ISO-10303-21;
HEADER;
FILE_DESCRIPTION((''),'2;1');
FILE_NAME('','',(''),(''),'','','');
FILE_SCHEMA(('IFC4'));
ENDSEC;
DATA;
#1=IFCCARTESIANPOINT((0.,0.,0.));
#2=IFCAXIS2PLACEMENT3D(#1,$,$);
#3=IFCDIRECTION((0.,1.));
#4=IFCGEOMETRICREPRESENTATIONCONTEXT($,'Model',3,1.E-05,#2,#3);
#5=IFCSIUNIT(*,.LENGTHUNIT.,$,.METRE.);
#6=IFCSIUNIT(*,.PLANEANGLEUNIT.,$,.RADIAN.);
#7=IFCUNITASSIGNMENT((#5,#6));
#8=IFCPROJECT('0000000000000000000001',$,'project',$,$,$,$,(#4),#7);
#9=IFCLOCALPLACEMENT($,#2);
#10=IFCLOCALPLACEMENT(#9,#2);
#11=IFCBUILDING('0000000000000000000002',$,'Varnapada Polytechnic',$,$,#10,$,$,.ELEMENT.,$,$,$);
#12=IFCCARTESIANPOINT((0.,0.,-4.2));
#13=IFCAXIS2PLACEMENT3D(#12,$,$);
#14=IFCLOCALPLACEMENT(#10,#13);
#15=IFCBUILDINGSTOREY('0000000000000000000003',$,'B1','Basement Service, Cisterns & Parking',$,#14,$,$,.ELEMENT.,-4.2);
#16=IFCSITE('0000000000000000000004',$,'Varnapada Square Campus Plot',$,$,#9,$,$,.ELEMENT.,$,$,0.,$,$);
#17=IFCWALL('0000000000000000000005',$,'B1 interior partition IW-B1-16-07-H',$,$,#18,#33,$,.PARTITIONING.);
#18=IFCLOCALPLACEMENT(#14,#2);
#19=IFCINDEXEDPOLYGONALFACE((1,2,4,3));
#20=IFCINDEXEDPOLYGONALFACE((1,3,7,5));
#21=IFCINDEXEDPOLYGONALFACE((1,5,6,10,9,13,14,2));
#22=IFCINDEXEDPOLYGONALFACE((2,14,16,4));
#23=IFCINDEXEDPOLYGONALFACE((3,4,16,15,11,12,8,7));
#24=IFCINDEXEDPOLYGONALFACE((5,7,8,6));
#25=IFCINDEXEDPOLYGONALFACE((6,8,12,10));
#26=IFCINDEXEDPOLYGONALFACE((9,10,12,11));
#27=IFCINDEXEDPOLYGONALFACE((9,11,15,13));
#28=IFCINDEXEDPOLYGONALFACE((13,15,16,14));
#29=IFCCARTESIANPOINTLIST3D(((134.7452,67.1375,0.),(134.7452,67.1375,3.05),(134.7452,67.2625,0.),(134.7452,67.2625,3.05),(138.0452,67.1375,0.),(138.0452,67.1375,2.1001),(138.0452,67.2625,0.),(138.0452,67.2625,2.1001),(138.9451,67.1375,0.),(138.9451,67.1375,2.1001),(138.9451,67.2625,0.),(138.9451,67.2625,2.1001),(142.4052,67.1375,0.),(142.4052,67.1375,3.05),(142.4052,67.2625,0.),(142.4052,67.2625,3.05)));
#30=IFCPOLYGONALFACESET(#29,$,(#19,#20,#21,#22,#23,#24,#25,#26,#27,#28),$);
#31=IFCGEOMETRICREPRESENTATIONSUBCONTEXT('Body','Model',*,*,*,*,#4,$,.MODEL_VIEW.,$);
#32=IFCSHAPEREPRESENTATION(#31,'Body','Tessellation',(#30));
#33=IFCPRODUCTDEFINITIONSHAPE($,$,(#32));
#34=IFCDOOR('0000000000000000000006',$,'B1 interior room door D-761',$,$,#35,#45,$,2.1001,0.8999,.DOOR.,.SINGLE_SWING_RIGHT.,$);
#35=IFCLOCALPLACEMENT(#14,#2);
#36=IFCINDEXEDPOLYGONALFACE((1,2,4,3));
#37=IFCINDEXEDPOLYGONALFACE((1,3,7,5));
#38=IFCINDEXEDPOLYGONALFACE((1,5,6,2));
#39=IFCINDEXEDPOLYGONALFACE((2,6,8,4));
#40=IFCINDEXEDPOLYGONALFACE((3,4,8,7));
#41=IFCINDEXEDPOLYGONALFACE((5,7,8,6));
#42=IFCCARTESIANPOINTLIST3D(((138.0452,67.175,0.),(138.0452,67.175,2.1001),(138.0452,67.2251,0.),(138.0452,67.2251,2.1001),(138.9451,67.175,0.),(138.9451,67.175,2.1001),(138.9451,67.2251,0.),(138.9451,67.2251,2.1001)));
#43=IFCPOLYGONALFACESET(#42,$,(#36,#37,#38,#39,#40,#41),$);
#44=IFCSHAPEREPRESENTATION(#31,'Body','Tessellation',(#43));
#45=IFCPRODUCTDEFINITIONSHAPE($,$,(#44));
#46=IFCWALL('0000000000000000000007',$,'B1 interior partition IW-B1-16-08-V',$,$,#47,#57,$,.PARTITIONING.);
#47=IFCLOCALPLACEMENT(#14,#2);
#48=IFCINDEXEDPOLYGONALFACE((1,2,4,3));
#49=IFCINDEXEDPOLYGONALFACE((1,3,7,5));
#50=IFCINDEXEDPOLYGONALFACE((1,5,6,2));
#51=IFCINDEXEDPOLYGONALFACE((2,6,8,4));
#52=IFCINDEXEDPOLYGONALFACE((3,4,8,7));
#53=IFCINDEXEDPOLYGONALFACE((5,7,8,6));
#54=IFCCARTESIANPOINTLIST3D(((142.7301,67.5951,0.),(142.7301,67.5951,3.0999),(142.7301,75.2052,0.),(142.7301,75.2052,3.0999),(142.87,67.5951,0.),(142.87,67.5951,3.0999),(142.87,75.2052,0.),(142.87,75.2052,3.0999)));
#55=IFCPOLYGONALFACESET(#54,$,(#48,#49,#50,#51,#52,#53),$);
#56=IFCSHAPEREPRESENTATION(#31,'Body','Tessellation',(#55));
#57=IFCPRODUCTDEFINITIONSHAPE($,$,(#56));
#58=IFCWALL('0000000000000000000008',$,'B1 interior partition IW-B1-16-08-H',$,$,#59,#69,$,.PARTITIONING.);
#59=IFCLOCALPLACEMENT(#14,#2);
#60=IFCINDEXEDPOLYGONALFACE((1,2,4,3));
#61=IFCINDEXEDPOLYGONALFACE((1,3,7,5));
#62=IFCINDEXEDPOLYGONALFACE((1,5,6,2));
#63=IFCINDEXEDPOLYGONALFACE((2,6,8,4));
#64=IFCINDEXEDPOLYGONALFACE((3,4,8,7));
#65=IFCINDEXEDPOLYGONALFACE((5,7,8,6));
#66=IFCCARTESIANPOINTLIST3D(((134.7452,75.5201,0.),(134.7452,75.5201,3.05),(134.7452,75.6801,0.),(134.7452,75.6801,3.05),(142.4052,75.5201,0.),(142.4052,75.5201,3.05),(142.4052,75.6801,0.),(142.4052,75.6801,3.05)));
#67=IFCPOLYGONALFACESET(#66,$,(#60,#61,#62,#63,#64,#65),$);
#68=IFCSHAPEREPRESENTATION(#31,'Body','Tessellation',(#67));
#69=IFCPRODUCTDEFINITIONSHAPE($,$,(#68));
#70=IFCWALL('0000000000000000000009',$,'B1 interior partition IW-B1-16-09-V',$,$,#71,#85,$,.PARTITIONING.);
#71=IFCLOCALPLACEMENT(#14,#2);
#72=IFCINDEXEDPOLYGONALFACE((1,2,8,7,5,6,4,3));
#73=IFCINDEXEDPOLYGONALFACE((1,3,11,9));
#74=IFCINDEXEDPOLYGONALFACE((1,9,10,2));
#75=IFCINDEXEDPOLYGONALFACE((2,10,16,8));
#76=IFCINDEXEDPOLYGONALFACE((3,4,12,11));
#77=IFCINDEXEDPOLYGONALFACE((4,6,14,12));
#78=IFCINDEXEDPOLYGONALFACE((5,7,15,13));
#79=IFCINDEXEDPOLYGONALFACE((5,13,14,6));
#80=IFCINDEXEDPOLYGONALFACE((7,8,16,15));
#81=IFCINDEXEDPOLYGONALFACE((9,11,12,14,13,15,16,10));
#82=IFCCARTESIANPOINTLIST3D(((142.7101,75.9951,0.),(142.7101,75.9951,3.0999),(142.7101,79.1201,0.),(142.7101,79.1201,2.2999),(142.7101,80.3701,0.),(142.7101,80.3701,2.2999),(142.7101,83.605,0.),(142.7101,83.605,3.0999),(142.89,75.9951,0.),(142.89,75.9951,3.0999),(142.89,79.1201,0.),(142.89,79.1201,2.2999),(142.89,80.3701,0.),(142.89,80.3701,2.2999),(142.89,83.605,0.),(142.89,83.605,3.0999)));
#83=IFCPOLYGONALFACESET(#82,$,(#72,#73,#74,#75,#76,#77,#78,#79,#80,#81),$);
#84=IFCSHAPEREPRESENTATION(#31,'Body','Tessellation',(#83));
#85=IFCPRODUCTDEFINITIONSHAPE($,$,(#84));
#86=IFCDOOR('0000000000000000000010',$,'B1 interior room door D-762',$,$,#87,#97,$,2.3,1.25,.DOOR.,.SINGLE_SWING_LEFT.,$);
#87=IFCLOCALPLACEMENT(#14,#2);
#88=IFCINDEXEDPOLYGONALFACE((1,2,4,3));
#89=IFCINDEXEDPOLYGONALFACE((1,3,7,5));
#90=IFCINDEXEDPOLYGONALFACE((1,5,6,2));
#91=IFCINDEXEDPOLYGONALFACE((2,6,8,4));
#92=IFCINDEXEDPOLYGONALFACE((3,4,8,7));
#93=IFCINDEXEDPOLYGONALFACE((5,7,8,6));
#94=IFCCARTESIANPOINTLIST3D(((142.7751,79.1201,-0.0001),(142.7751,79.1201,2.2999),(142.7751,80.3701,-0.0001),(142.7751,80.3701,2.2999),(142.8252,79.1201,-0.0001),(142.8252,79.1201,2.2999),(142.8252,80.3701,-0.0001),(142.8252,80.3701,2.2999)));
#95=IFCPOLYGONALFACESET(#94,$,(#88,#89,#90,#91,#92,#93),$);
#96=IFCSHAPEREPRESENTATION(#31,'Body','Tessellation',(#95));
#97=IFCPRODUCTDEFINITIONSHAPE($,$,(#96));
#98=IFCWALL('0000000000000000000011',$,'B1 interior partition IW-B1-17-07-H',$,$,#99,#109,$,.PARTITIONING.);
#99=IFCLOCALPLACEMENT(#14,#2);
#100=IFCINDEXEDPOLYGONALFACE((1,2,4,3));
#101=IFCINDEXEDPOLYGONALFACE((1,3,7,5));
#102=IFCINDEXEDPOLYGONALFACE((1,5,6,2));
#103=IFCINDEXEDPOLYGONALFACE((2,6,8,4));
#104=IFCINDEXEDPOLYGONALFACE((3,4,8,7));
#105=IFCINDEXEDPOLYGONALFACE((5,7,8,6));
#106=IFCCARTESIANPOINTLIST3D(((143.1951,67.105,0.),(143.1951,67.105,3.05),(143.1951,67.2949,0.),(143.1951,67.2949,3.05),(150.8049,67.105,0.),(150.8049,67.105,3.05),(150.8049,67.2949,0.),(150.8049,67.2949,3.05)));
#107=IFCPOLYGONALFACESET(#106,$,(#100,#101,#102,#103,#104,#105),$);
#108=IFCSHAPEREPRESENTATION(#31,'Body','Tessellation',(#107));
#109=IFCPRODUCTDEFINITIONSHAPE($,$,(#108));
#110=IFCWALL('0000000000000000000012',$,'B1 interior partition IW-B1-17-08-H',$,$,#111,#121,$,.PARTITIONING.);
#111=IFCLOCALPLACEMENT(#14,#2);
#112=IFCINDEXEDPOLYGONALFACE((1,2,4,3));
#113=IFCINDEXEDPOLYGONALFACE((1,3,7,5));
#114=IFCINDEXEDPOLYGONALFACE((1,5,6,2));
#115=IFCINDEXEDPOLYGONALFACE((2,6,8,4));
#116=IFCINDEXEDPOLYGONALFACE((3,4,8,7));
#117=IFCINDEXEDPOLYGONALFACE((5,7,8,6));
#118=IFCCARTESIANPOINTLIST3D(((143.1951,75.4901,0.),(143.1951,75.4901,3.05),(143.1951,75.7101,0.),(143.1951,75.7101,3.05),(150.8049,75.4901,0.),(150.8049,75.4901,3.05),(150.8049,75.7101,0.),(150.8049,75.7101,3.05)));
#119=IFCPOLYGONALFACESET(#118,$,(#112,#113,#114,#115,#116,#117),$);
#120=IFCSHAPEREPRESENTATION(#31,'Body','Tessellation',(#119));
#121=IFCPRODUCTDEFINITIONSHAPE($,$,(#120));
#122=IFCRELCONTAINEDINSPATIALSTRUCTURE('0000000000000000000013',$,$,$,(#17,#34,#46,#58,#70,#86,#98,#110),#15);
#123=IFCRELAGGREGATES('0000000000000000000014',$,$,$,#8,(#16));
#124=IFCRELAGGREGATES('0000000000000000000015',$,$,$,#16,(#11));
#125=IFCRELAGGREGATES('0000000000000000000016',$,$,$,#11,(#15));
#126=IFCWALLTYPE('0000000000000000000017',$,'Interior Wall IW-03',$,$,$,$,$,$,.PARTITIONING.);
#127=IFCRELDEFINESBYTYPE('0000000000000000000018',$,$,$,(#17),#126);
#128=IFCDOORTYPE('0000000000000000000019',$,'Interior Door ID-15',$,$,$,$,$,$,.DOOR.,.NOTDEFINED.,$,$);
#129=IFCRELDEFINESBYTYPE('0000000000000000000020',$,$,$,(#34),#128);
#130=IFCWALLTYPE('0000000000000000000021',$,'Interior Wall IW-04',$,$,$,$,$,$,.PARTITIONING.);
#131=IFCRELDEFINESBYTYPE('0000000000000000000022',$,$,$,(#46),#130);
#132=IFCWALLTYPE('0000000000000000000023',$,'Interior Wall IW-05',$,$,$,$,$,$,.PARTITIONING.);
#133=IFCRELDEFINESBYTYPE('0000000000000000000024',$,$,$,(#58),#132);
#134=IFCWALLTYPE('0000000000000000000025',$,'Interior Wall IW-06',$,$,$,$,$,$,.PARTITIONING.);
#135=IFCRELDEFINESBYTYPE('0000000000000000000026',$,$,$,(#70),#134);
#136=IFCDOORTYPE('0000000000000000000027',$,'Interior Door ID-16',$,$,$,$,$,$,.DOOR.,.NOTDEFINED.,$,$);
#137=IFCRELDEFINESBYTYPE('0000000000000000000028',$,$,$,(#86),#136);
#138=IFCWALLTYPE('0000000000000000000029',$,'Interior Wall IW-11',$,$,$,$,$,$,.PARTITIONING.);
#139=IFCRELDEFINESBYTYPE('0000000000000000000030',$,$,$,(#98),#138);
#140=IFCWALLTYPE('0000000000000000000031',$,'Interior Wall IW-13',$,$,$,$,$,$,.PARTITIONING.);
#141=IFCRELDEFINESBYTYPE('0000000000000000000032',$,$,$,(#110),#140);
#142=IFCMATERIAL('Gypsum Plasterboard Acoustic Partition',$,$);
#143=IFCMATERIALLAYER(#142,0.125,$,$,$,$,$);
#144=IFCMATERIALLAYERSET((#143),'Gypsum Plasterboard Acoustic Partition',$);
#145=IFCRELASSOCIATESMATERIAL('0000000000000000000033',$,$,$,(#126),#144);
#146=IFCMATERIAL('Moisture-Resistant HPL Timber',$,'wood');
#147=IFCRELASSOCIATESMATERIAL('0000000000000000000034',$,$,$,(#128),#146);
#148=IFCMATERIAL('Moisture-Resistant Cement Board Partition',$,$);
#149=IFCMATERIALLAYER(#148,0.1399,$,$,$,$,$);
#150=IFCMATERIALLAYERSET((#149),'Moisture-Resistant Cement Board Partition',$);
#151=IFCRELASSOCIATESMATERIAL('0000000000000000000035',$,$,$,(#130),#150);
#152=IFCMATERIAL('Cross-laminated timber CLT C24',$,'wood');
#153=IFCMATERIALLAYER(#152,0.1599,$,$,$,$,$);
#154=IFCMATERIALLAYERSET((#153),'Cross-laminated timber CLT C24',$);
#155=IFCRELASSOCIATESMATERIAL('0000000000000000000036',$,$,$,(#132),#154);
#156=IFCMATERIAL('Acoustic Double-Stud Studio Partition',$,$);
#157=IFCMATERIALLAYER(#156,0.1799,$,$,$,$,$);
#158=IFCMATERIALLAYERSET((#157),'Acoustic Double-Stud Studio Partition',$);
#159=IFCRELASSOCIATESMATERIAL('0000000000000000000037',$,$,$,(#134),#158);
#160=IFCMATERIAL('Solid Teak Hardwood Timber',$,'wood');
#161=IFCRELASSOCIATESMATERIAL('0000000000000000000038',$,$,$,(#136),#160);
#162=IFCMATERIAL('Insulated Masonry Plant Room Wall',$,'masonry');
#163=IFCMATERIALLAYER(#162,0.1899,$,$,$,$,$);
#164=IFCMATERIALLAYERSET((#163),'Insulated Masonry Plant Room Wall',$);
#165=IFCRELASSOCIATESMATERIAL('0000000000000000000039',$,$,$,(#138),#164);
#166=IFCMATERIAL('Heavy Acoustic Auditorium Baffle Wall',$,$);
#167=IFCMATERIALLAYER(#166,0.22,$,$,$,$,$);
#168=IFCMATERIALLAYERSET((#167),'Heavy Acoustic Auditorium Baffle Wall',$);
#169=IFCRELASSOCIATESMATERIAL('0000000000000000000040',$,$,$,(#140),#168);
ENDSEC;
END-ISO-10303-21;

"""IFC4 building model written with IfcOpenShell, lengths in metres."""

from ifc_helpers import new_model, si_unit, direction, frame, frame_2d, origin, place, context, subcontext, project, spatial, rectangle, extrude, material, layer, layer_set, type_object, element, fill, save


model = new_model("IFC4")

# Units and contexts
model_context = context("Model", 3, precision=1e-05, world=origin(), true_north=direction((0.0, 1.0)))
body_context = subcontext(model_context, "Body", "Model", "MODEL_VIEW")
ifc_project = project(units=[si_unit("LENGTHUNIT", "METRE"), si_unit("PLANEANGLEUNIT", "RADIAN")], contexts=[model_context])

# Site, building, storey
site_placement = place(None, origin())
site = spatial("IfcSite", under=ifc_project, at=site_placement, Name="Varnapada Square Campus Plot", CompositionType="ELEMENT", RefElevation=0.0)
building_placement = place(site_placement, origin())
building = spatial("IfcBuilding", under=site, at=building_placement, Name="Varnapada Polytechnic", CompositionType="ELEMENT")
storey_placement = place(building_placement, frame((0.0, 0.0, -4.2)))
storey = spatial("IfcBuildingStorey", under=building, at=storey_placement, Name="B1", Description="Basement Service, Cisterns & Parking", CompositionType="ELEMENT", Elevation=-4.2)

# Wall, opening, door
ifc_material_1 = material(Name="Gypsum Plasterboard Acoustic Partition")
ifc_layer_1 = layer(ifc_material_1, 0.125)
ifc_layer_set_1 = layer_set([ifc_layer_1], Name="Gypsum Plasterboard Acoustic Partition")
wall_type_1 = type_object("IfcWallType", Name="Interior Wall IW-03", PredefinedType="PARTITIONING", material=ifc_layer_set_1)
wall_1_placement = place(storey_placement, frame((134.7451, 67.2, 0.0), z_axis=(0.0, 0.0, 1.0), x_axis=(1.0, 0.0, 0.0)))
wall_1 = element("IfcWall", 1, at=wall_1_placement, inside=storey, type_object=wall_type_1, Name="B1 interior partition IW-B1-16-07-H", PredefinedType="PARTITIONING", context=body_context, shape_type="SweptSolid", body=[
    extrude(rectangle(XDim=7.6599, YDim=0.125, at=frame_2d((3.8301, 0.0))), origin(), (0.0, 0.0, 1.0), 3.05),
])
opening_1_placement = place(wall_1_placement, frame((3.3, 0.0, 0.0)))
opening_1 = element("IfcOpeningElement", 2, at=opening_1_placement, cuts=wall_1, PredefinedType="OPENING", context=body_context, shape_type="SweptSolid", body=[
    extrude(rectangle(XDim=0.8999, YDim=2.1001, at=frame_2d((0.45, 1.05))), frame((0.0, 0.0725, 0.0), z_axis=(0.0, -1.0, 0.0), x_axis=(1.0, 0.0, 0.0)), (0.0, 0.0, 1.0), 0.145),
])
ifc_material_2 = material(Name="Moisture-Resistant HPL Timber", Category="wood")
door_type_1 = type_object("IfcDoorType", Name="Interior Door ID-15", OperationType="NOTDEFINED", PredefinedType="DOOR", material=ifc_material_2)
door_1_placement = place(opening_1_placement, frame((0.8999, 0.0, 0.0), z_axis=(0.0, 0.0, 1.0), x_axis=(-1.0, 0.0, 0.0)))
door_1 = element("IfcDoor", 3, at=door_1_placement, inside=storey, type_object=door_type_1, Name="B1 interior room door D-761", OperationType="SINGLE_SWING_RIGHT", OverallHeight=2.1001, OverallWidth=0.8999, PredefinedType="DOOR", context=body_context, shape_type="SweptSolid", body=[
    extrude(rectangle(XDim=0.8999, YDim=2.1001, at=frame_2d((0.45, 1.05))), frame((0.0, 0.0249, 0.0), z_axis=(0.0, -1.0, 0.0), x_axis=(1.0, 0.0, 0.0)), (0.0, 0.0, 1.0), 0.05),
])
fill(opening_1, door_1)

# Walls
ifc_material_3 = material(Name="Moisture-Resistant Cement Board Partition")
ifc_layer_2 = layer(ifc_material_3, 0.1399)
ifc_layer_set_2 = layer_set([ifc_layer_2], Name="Moisture-Resistant Cement Board Partition")
wall_type_2 = type_object("IfcWallType", Name="Interior Wall IW-04", PredefinedType="PARTITIONING", material=ifc_layer_set_2)
wall_2_placement = place(storey_placement, frame((142.8, 67.595, 0.0), z_axis=(0.0, 0.0, 1.0), x_axis=(0.0, 1.0, 0.0)))
element("IfcWall", 4, at=wall_2_placement, inside=storey, type_object=wall_type_2, Name="B1 interior partition IW-B1-16-08-V", PredefinedType="PARTITIONING", context=body_context, shape_type="SweptSolid", body=[
    extrude(rectangle(XDim=7.6101, YDim=0.1399, at=frame_2d((3.8052, 0.0))), origin(), (0.0, 0.0, 1.0), 3.0999),
])
ifc_material_4 = material(Name="Cross-laminated timber CLT C24", Category="wood")
ifc_layer_3 = layer(ifc_material_4, 0.1599)
ifc_layer_set_3 = layer_set([ifc_layer_3], Name="Cross-laminated timber CLT C24")
wall_type_3 = type_object("IfcWallType", Name="Interior Wall IW-05", PredefinedType="PARTITIONING", material=ifc_layer_set_3)
wall_3_placement = place(storey_placement, frame((134.7451, 75.6001, 0.0), z_axis=(0.0, 0.0, 1.0), x_axis=(1.0, 0.0, 0.0)))
element("IfcWall", 5, at=wall_3_placement, inside=storey, type_object=wall_type_3, Name="B1 interior partition IW-B1-16-08-H", PredefinedType="PARTITIONING", context=body_context, shape_type="SweptSolid", body=[
    extrude(rectangle(XDim=7.6599, YDim=0.1599, at=frame_2d((3.8301, 0.0))), origin(), (0.0, 0.0, 1.0), 3.05),
])

# Wall, opening, door
ifc_material_5 = material(Name="Acoustic Double-Stud Studio Partition")
ifc_layer_4 = layer(ifc_material_5, 0.1799)
ifc_layer_set_4 = layer_set([ifc_layer_4], Name="Acoustic Double-Stud Studio Partition")
wall_type_4 = type_object("IfcWallType", Name="Interior Wall IW-06", PredefinedType="PARTITIONING", material=ifc_layer_set_4)
wall_4_placement = place(storey_placement, frame((142.8, 75.9951, 0.0), z_axis=(0.0, 0.0, 1.0), x_axis=(0.0, 1.0, 0.0)))
wall_4 = element("IfcWall", 6, at=wall_4_placement, inside=storey, type_object=wall_type_4, Name="B1 interior partition IW-B1-16-09-V", PredefinedType="PARTITIONING", context=body_context, shape_type="SweptSolid", body=[
    extrude(rectangle(XDim=7.6099, YDim=0.1799, at=frame_2d((3.8049, 0.0))), origin(), (0.0, 0.0, 1.0), 3.0999),
])
opening_2_placement = place(wall_4_placement, frame((3.125, 0.0, 0.0)))
opening_2 = element("IfcOpeningElement", 7, at=opening_2_placement, cuts=wall_4, PredefinedType="OPENING", context=body_context, shape_type="SweptSolid", body=[
    extrude(rectangle(XDim=1.25, YDim=2.3, at=frame_2d((0.625, 1.1499))), frame((0.0, 0.0999, 0.0), z_axis=(0.0, -1.0, 0.0), x_axis=(1.0, 0.0, 0.0)), (0.0, 0.0, 1.0), 0.2),
])
ifc_material_6 = material(Name="Solid Teak Hardwood Timber", Category="wood")
door_type_2 = type_object("IfcDoorType", Name="Interior Door ID-16", OperationType="NOTDEFINED", PredefinedType="DOOR", material=ifc_material_6)
door_2_placement = place(opening_2_placement, origin())
door_2 = element("IfcDoor", 8, at=door_2_placement, inside=storey, type_object=door_type_2, Name="B1 interior room door D-762", OperationType="SINGLE_SWING_LEFT", OverallHeight=2.3, OverallWidth=1.25, PredefinedType="DOOR", context=body_context, shape_type="SweptSolid", body=[
    extrude(rectangle(XDim=1.25, YDim=2.3, at=frame_2d((0.625, 1.1499))), frame((0.0, 0.0249, 0.0), z_axis=(0.0, -1.0, 0.0), x_axis=(1.0, 0.0, 0.0)), (0.0, 0.0, 1.0), 0.05),
])
fill(opening_2, door_2)

# Walls
ifc_material_7 = material(Name="Insulated Masonry Plant Room Wall", Category="masonry")
ifc_layer_5 = layer(ifc_material_7, 0.1899)
ifc_layer_set_5 = layer_set([ifc_layer_5], Name="Insulated Masonry Plant Room Wall")
wall_type_5 = type_object("IfcWallType", Name="Interior Wall IW-11", PredefinedType="PARTITIONING", material=ifc_layer_set_5)
wall_5_placement = place(storey_placement, frame((143.1951, 67.2, 0.0), z_axis=(0.0, 0.0, 1.0), x_axis=(1.0, 0.0, 0.0)))
element("IfcWall", 9, at=wall_5_placement, inside=storey, type_object=wall_type_5, Name="B1 interior partition IW-B1-17-07-H", PredefinedType="PARTITIONING", context=body_context, shape_type="SweptSolid", body=[
    extrude(rectangle(XDim=7.6099, YDim=0.1899, at=frame_2d((3.8049, 0.0))), origin(), (0.0, 0.0, 1.0), 3.05),
])
ifc_material_8 = material(Name="Heavy Acoustic Auditorium Baffle Wall")
ifc_layer_6 = layer(ifc_material_8, 0.22)
ifc_layer_set_6 = layer_set([ifc_layer_6], Name="Heavy Acoustic Auditorium Baffle Wall")
wall_type_6 = type_object("IfcWallType", Name="Interior Wall IW-13", PredefinedType="PARTITIONING", material=ifc_layer_set_6)
wall_6_placement = place(storey_placement, frame((143.1951, 75.6001, 0.0), z_axis=(0.0, 0.0, 1.0), x_axis=(1.0, 0.0, 0.0)))
element("IfcWall", 10, at=wall_6_placement, inside=storey, type_object=wall_type_6, Name="B1 interior partition IW-B1-17-08-H", PredefinedType="PARTITIONING", context=body_context, shape_type="SweptSolid", body=[
    extrude(rectangle(XDim=7.6099, YDim=0.22, at=frame_2d((3.8049, 0.0))), origin(), (0.0, 0.0, 1.0), 3.05),
])

save(model, "model.ifc")
